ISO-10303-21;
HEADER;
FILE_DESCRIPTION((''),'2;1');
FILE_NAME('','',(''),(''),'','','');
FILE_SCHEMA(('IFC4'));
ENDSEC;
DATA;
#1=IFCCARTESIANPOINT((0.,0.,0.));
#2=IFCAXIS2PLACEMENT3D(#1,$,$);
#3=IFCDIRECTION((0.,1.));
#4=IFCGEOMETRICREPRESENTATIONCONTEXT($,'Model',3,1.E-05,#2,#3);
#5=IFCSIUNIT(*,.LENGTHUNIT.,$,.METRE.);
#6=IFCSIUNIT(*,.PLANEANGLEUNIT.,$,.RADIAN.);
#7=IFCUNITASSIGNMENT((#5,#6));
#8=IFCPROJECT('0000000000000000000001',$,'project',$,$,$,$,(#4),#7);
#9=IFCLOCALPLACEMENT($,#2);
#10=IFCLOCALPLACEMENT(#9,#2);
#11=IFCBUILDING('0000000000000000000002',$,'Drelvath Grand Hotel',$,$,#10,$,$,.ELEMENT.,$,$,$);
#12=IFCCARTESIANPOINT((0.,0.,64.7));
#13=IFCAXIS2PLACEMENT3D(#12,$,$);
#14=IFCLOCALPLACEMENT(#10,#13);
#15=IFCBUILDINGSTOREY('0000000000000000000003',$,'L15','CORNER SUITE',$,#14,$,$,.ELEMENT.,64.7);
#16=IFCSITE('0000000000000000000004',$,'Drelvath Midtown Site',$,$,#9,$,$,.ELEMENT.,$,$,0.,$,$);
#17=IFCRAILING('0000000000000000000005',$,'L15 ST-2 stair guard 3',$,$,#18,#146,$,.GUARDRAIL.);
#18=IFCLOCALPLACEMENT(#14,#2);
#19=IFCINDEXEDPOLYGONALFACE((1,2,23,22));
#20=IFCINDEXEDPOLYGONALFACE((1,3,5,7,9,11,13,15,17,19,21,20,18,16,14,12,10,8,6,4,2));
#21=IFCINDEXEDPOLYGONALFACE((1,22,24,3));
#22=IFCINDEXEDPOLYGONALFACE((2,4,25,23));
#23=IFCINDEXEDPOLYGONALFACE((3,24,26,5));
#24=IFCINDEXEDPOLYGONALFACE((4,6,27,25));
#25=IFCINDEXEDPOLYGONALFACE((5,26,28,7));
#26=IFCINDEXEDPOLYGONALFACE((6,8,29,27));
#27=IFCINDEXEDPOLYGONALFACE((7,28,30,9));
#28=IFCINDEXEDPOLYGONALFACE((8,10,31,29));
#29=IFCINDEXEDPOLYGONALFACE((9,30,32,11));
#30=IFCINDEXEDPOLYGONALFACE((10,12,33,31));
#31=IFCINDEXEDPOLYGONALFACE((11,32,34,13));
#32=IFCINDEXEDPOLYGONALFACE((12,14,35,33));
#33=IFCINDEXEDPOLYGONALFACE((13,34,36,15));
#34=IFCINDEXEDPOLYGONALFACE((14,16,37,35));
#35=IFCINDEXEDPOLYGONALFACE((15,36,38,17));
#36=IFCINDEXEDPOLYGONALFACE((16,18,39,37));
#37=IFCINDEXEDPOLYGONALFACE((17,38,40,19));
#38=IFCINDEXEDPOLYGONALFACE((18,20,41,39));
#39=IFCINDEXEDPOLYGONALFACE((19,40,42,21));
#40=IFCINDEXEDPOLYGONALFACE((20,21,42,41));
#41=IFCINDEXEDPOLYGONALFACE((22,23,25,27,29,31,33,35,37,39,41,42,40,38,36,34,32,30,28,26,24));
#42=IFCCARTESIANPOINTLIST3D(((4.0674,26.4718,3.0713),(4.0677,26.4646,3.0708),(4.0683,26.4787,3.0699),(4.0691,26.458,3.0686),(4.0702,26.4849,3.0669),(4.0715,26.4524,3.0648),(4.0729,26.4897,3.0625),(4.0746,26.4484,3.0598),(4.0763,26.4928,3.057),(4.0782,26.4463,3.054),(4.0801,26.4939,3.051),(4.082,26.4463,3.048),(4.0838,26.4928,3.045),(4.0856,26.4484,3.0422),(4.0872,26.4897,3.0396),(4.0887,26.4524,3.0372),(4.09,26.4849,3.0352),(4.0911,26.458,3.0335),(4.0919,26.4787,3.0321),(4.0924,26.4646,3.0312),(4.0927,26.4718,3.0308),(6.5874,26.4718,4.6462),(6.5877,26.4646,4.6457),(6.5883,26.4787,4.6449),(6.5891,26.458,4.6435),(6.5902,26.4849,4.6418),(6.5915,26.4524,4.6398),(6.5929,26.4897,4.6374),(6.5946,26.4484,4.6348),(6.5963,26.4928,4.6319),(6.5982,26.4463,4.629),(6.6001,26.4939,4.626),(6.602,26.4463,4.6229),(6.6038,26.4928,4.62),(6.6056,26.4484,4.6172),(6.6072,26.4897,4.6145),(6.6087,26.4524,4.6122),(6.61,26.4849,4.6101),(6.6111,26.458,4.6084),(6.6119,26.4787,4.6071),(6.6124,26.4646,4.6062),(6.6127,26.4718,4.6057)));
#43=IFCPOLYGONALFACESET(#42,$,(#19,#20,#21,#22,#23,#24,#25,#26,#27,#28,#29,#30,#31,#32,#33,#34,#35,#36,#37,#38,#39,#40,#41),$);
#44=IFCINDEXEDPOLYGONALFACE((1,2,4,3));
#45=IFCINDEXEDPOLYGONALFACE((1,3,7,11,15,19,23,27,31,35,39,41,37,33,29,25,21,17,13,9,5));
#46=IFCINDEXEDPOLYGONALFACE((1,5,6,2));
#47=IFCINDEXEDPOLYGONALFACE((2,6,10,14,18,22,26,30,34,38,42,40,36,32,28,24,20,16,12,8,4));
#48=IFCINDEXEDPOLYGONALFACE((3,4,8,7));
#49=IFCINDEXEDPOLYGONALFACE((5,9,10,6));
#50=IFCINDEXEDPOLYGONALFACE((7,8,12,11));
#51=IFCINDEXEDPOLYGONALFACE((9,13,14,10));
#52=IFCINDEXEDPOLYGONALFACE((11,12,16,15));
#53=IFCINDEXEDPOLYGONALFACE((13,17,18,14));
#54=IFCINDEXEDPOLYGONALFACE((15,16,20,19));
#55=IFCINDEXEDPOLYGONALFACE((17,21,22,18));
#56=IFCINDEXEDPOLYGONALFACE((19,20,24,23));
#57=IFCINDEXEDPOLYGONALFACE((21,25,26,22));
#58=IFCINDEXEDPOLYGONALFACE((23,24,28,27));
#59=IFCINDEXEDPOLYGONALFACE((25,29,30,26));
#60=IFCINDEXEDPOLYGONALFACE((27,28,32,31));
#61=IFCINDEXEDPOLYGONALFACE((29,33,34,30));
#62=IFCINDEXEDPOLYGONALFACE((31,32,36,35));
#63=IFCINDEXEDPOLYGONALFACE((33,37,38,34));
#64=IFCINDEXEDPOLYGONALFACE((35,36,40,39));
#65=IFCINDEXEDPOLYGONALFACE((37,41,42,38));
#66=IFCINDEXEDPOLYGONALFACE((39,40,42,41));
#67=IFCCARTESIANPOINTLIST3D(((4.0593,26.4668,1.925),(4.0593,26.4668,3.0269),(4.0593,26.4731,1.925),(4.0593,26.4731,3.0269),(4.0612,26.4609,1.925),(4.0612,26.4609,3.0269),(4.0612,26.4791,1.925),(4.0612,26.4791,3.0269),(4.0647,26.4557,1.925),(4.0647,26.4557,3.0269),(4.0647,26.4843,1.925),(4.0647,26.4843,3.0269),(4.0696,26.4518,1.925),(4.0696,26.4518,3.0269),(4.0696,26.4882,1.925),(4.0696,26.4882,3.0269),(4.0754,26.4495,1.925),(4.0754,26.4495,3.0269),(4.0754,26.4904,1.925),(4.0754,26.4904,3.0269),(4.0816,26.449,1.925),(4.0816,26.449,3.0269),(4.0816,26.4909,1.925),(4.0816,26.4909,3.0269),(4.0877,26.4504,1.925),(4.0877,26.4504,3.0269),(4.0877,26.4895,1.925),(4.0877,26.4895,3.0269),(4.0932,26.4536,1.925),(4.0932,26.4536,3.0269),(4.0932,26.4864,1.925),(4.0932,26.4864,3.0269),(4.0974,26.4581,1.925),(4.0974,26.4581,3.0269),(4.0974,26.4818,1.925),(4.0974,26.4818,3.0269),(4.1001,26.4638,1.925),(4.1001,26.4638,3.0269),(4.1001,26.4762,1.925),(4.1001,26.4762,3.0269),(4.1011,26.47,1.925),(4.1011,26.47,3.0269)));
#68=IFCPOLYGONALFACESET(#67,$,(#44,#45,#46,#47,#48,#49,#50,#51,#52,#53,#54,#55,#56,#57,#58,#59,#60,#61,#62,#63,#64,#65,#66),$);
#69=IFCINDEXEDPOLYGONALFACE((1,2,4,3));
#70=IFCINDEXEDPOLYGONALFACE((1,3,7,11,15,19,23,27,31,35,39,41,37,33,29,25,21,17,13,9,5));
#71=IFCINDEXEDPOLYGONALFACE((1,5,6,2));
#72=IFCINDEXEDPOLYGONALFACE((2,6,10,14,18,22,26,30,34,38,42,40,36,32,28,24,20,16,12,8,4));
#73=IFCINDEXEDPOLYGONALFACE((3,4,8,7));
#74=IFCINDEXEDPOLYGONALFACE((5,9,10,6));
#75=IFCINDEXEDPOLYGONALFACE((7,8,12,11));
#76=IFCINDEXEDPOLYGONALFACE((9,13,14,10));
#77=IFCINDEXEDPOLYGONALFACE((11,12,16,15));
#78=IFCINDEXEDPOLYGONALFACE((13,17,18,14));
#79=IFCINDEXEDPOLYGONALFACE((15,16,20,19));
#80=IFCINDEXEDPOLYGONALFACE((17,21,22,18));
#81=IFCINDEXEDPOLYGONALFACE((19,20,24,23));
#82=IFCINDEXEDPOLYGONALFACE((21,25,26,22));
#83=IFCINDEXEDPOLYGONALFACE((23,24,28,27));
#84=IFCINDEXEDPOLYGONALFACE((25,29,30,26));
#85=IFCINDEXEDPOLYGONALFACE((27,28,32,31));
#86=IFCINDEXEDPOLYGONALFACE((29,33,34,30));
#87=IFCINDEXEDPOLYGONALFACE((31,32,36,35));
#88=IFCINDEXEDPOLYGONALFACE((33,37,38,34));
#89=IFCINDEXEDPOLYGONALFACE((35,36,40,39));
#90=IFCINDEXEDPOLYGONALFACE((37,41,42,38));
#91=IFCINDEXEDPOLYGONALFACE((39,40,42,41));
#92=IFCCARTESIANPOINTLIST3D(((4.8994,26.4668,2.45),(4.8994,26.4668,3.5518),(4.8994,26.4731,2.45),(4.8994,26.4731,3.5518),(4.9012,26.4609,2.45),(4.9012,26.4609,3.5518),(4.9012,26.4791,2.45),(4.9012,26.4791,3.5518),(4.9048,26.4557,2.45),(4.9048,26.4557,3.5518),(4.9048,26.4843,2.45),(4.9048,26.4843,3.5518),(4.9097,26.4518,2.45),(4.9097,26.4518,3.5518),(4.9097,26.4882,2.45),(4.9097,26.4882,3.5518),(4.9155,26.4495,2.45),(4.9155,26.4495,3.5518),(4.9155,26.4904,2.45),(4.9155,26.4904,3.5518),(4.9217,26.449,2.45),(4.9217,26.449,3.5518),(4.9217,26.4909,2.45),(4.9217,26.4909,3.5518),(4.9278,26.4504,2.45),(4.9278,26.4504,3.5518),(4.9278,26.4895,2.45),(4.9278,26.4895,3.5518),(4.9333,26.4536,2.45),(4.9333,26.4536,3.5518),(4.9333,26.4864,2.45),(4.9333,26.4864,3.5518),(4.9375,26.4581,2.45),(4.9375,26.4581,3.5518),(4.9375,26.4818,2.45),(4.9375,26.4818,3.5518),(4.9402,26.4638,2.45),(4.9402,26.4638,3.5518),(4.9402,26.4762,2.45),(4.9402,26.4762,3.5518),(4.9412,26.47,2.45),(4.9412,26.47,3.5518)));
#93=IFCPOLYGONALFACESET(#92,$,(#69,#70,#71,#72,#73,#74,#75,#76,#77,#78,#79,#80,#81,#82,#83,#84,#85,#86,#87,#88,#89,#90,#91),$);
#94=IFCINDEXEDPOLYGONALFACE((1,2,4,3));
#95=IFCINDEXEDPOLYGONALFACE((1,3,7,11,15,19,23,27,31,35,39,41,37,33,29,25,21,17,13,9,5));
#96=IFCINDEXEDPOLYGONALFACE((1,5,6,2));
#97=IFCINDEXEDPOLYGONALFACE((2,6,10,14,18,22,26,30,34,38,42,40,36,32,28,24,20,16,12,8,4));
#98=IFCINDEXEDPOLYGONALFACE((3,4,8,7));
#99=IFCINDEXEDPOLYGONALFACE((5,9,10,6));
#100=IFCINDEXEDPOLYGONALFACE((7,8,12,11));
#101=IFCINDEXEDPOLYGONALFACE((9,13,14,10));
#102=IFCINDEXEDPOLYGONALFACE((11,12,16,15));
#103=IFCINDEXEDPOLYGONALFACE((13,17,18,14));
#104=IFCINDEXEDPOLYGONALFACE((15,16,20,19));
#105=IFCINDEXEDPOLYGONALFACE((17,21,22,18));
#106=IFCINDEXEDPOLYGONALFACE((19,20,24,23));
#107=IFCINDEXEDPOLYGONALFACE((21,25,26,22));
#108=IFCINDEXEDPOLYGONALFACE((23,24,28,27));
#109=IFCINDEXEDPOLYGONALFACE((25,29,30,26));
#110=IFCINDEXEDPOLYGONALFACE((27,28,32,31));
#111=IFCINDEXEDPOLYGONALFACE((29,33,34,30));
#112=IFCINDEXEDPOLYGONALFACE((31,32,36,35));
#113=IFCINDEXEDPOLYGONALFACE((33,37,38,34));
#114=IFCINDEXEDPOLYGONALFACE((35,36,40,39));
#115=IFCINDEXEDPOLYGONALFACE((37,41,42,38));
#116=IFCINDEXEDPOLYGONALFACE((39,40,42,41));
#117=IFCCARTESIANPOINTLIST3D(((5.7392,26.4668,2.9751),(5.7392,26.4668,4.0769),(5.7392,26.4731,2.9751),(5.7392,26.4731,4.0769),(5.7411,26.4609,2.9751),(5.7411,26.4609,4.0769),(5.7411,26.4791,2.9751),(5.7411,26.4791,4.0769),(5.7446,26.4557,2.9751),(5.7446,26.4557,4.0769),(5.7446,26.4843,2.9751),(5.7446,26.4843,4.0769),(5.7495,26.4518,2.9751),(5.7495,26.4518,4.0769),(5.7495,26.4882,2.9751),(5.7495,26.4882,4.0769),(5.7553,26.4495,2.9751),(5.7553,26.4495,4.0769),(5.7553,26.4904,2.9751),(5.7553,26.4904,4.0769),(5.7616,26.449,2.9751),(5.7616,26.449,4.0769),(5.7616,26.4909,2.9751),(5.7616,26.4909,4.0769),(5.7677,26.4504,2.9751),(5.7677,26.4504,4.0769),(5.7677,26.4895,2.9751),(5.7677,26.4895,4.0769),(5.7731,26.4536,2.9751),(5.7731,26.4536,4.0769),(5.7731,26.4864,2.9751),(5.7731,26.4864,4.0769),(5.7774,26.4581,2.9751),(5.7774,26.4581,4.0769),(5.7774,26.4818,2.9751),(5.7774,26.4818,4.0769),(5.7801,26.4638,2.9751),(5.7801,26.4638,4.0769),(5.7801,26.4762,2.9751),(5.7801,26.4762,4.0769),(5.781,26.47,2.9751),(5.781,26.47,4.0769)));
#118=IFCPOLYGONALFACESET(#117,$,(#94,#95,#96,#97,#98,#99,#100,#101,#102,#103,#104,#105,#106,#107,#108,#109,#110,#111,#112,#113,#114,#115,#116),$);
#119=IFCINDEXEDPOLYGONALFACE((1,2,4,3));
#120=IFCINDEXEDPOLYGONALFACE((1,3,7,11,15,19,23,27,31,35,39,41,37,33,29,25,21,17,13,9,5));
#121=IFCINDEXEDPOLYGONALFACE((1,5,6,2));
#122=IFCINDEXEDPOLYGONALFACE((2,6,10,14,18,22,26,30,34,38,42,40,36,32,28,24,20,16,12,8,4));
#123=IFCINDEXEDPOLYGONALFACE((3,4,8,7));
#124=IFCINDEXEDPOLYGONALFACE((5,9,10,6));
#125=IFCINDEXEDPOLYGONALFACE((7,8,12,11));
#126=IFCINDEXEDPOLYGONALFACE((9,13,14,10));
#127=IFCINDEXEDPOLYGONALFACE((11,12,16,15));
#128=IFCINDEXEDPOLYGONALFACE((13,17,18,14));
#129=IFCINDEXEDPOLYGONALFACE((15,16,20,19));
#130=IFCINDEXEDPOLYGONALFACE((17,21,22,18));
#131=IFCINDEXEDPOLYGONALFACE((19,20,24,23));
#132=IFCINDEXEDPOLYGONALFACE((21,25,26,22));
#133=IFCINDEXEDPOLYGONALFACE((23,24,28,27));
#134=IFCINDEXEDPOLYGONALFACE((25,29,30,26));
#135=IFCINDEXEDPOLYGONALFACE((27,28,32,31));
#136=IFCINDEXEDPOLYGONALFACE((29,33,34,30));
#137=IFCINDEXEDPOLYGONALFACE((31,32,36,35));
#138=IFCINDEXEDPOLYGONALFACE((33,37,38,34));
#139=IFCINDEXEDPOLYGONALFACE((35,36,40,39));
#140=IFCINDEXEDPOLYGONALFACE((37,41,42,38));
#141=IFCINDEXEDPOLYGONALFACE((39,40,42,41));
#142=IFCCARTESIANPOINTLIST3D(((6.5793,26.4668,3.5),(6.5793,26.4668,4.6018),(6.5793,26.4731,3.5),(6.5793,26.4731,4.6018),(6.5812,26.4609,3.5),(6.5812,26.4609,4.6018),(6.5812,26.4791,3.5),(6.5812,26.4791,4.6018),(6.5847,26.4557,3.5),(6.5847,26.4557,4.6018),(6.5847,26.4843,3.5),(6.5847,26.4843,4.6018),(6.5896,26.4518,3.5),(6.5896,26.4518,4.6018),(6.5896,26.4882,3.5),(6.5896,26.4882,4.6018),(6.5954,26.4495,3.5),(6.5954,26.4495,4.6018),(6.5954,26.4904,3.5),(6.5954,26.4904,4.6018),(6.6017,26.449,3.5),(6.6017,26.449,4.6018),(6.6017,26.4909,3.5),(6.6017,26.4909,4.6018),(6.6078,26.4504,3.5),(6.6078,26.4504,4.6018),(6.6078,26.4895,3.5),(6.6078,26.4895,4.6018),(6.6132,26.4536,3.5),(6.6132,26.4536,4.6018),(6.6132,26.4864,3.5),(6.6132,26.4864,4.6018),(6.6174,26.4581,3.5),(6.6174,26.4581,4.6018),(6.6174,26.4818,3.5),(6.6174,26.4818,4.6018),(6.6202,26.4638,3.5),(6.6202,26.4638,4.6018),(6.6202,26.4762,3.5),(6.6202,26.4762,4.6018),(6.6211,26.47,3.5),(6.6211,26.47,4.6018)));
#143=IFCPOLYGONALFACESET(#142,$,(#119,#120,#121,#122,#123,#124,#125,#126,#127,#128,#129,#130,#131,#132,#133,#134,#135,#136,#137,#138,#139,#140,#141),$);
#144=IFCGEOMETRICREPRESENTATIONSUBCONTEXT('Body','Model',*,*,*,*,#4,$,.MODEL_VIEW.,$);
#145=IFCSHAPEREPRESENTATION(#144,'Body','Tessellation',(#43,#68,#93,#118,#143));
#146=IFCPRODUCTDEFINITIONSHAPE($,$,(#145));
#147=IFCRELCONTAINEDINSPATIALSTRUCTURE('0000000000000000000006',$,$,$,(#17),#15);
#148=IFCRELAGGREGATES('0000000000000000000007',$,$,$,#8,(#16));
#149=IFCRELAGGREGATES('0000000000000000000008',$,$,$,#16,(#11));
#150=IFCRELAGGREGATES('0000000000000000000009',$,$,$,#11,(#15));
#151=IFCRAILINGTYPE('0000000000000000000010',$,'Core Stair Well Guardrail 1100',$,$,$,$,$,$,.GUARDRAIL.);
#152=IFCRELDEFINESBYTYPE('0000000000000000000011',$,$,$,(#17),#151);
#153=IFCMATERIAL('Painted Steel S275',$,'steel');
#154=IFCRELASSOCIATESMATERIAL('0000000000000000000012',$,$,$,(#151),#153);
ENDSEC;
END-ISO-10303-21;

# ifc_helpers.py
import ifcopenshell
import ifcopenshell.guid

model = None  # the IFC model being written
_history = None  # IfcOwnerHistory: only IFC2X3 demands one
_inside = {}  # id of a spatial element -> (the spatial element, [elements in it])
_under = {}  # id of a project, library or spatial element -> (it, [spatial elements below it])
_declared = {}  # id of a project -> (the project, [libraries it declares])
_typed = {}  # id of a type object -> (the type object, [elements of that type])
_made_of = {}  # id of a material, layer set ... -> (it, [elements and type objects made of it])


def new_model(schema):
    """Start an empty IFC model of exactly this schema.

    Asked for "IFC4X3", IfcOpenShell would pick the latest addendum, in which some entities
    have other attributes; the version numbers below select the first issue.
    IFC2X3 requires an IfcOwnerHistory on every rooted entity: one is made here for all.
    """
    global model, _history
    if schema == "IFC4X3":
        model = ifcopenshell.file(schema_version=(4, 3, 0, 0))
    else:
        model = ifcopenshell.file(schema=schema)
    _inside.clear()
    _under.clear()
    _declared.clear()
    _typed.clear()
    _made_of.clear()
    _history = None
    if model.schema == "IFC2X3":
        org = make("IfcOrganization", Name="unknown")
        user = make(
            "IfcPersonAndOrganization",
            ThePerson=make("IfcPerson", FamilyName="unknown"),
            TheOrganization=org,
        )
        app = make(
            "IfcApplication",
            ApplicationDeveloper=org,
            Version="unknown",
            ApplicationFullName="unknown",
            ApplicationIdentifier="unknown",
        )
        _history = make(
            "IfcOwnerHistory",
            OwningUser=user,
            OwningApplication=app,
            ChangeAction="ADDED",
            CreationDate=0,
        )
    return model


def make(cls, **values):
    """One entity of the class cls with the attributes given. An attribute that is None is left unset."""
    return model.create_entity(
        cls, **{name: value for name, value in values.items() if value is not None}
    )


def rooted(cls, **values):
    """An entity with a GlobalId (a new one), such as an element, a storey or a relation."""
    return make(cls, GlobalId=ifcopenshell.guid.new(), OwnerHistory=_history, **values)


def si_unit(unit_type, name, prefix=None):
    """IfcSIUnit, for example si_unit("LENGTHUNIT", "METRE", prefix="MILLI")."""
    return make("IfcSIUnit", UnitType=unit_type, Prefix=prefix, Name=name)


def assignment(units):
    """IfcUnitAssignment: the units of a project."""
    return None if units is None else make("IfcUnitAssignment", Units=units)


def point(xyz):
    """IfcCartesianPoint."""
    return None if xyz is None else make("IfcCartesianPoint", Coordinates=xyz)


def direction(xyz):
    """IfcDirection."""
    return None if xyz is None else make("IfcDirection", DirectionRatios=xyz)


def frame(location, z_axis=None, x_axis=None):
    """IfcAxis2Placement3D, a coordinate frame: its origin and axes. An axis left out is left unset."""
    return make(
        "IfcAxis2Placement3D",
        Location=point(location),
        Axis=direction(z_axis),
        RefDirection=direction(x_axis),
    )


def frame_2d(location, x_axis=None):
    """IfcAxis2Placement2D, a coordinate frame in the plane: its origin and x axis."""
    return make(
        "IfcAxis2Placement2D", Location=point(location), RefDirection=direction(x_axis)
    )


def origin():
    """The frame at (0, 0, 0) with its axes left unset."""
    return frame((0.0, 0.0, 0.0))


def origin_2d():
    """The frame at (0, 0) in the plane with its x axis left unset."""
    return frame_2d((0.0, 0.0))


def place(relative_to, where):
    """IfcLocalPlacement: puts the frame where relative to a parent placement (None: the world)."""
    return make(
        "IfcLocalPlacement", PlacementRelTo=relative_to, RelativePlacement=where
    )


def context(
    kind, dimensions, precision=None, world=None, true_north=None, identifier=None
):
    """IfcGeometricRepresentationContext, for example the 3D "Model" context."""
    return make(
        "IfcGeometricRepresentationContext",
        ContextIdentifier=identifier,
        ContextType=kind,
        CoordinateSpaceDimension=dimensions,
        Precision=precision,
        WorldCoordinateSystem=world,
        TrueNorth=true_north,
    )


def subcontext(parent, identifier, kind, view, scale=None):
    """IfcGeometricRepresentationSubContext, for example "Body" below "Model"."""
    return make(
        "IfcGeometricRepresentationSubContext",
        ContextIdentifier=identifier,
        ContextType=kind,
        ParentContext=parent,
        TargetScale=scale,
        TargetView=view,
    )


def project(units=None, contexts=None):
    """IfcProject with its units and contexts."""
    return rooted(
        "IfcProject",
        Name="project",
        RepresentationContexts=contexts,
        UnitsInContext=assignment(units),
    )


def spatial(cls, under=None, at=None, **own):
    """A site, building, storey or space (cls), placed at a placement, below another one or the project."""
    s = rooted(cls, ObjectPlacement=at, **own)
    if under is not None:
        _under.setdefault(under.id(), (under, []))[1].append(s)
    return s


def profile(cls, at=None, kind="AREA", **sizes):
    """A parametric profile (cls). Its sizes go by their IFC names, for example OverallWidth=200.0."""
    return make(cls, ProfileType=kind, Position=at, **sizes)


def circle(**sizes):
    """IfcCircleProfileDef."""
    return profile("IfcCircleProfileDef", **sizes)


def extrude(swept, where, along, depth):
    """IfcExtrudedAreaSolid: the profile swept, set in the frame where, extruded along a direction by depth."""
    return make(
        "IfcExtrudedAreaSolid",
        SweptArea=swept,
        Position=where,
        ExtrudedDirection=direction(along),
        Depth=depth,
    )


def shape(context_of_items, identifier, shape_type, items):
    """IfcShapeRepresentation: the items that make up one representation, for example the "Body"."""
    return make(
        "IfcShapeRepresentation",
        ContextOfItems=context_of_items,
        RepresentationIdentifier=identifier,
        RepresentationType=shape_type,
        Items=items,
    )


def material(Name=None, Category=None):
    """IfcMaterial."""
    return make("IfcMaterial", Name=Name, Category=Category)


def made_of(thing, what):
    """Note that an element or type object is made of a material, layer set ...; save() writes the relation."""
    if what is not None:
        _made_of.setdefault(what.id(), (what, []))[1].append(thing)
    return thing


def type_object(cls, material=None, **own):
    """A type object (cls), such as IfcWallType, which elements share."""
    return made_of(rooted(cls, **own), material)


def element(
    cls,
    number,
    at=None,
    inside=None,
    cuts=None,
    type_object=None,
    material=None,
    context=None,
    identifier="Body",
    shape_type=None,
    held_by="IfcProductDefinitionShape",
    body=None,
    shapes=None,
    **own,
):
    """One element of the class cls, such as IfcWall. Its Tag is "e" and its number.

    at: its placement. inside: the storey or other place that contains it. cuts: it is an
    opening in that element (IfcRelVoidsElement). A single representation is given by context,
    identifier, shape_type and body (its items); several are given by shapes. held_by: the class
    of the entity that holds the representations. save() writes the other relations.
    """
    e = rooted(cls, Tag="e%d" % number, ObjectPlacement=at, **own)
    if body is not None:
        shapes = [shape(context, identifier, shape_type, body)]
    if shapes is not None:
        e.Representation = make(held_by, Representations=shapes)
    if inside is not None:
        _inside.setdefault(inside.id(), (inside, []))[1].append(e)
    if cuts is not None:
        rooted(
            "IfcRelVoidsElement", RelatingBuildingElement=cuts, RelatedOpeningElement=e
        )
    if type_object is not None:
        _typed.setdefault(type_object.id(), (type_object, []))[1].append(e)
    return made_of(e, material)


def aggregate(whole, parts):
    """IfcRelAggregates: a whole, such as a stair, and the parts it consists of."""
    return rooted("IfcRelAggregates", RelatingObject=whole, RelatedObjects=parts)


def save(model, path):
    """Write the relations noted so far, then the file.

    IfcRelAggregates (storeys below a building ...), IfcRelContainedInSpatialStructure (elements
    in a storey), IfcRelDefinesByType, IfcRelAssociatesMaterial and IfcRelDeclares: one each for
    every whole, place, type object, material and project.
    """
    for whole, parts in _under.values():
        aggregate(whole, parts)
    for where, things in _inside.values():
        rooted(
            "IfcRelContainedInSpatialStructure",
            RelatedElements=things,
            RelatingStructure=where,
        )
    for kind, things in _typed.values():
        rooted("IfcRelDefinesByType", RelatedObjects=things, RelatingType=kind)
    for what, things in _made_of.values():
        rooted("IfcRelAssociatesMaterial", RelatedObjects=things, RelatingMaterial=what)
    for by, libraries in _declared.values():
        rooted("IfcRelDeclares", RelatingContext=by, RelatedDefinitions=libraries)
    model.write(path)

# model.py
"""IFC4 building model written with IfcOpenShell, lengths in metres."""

from ifc_helpers import new_model, si_unit, direction, frame, origin, origin_2d, place, context, subcontext, project, spatial, circle, extrude, material, type_object, element, save


model = new_model("IFC4")

# Units and contexts
model_context = context("Model", 3, precision=1e-05, world=origin(), true_north=direction((0.0, 1.0)))
body_context = subcontext(model_context, "Body", "Model", "MODEL_VIEW")
ifc_project = project(units=[si_unit("LENGTHUNIT", "METRE"), si_unit("PLANEANGLEUNIT", "RADIAN")], contexts=[model_context])

# Site, building, storey
site_placement = place(None, origin())
site = spatial("IfcSite", under=ifc_project, at=site_placement, Name="Drelvath Midtown Site", CompositionType="ELEMENT", RefElevation=0.0)
building_placement = place(site_placement, origin())
building = spatial("IfcBuilding", under=site, at=building_placement, Name="Drelvath Grand Hotel", CompositionType="ELEMENT")
storey_placement = place(building_placement, frame((0.0, 0.0, 64.7)))
storey = spatial("IfcBuildingStorey", under=building, at=storey_placement, Name="L15", Description="CORNER SUITE", CompositionType="ELEMENT", Elevation=64.7)

# Shared definitions
ifc_material_1 = material(Name="Painted Steel S275", Category="steel")

# Railing
railing_type_1 = type_object("IfcRailingType", Name="Core Stair Well Guardrail 1100", PredefinedType="GUARDRAIL", material=ifc_material_1)
railing_1_placement = place(storey_placement, frame((4.0801, 26.47, 1.925)))
element("IfcRailing", 1, at=railing_1_placement, inside=storey, type_object=railing_type_1, Name="L15 ST-2 stair guard 3", PredefinedType="GUARDRAIL", context=body_context, shape_type="SweptSolid", body=[
    extrude(circle(Radius=0.0239, at=origin_2d()), frame((0.0, 0.0, 1.126), z_axis=(0.848008, 0.0, 0.529984), x_axis=(0.0, 1.0, 0.0)), (0.0, 0.0, 1.0), 2.9717),
    extrude(circle(Radius=0.021, at=origin_2d()), origin(), (0.0, 0.0, 1.0), 1.1018),
    extrude(circle(Radius=0.021, at=origin_2d()), frame((0.8401, 0.0, 0.5249)), (0.0, 0.0, 1.0), 1.1018),
    extrude(circle(Radius=0.021, at=origin_2d()), frame((1.6799, 0.0, 1.05)), (0.0, 0.0, 1.0), 1.1018),
    extrude(circle(Radius=0.021, at=origin_2d()), frame((2.52, 0.0, 1.575)), (0.0, 0.0, 1.0), 1.1018),
])

save(model, "model.ifc")
